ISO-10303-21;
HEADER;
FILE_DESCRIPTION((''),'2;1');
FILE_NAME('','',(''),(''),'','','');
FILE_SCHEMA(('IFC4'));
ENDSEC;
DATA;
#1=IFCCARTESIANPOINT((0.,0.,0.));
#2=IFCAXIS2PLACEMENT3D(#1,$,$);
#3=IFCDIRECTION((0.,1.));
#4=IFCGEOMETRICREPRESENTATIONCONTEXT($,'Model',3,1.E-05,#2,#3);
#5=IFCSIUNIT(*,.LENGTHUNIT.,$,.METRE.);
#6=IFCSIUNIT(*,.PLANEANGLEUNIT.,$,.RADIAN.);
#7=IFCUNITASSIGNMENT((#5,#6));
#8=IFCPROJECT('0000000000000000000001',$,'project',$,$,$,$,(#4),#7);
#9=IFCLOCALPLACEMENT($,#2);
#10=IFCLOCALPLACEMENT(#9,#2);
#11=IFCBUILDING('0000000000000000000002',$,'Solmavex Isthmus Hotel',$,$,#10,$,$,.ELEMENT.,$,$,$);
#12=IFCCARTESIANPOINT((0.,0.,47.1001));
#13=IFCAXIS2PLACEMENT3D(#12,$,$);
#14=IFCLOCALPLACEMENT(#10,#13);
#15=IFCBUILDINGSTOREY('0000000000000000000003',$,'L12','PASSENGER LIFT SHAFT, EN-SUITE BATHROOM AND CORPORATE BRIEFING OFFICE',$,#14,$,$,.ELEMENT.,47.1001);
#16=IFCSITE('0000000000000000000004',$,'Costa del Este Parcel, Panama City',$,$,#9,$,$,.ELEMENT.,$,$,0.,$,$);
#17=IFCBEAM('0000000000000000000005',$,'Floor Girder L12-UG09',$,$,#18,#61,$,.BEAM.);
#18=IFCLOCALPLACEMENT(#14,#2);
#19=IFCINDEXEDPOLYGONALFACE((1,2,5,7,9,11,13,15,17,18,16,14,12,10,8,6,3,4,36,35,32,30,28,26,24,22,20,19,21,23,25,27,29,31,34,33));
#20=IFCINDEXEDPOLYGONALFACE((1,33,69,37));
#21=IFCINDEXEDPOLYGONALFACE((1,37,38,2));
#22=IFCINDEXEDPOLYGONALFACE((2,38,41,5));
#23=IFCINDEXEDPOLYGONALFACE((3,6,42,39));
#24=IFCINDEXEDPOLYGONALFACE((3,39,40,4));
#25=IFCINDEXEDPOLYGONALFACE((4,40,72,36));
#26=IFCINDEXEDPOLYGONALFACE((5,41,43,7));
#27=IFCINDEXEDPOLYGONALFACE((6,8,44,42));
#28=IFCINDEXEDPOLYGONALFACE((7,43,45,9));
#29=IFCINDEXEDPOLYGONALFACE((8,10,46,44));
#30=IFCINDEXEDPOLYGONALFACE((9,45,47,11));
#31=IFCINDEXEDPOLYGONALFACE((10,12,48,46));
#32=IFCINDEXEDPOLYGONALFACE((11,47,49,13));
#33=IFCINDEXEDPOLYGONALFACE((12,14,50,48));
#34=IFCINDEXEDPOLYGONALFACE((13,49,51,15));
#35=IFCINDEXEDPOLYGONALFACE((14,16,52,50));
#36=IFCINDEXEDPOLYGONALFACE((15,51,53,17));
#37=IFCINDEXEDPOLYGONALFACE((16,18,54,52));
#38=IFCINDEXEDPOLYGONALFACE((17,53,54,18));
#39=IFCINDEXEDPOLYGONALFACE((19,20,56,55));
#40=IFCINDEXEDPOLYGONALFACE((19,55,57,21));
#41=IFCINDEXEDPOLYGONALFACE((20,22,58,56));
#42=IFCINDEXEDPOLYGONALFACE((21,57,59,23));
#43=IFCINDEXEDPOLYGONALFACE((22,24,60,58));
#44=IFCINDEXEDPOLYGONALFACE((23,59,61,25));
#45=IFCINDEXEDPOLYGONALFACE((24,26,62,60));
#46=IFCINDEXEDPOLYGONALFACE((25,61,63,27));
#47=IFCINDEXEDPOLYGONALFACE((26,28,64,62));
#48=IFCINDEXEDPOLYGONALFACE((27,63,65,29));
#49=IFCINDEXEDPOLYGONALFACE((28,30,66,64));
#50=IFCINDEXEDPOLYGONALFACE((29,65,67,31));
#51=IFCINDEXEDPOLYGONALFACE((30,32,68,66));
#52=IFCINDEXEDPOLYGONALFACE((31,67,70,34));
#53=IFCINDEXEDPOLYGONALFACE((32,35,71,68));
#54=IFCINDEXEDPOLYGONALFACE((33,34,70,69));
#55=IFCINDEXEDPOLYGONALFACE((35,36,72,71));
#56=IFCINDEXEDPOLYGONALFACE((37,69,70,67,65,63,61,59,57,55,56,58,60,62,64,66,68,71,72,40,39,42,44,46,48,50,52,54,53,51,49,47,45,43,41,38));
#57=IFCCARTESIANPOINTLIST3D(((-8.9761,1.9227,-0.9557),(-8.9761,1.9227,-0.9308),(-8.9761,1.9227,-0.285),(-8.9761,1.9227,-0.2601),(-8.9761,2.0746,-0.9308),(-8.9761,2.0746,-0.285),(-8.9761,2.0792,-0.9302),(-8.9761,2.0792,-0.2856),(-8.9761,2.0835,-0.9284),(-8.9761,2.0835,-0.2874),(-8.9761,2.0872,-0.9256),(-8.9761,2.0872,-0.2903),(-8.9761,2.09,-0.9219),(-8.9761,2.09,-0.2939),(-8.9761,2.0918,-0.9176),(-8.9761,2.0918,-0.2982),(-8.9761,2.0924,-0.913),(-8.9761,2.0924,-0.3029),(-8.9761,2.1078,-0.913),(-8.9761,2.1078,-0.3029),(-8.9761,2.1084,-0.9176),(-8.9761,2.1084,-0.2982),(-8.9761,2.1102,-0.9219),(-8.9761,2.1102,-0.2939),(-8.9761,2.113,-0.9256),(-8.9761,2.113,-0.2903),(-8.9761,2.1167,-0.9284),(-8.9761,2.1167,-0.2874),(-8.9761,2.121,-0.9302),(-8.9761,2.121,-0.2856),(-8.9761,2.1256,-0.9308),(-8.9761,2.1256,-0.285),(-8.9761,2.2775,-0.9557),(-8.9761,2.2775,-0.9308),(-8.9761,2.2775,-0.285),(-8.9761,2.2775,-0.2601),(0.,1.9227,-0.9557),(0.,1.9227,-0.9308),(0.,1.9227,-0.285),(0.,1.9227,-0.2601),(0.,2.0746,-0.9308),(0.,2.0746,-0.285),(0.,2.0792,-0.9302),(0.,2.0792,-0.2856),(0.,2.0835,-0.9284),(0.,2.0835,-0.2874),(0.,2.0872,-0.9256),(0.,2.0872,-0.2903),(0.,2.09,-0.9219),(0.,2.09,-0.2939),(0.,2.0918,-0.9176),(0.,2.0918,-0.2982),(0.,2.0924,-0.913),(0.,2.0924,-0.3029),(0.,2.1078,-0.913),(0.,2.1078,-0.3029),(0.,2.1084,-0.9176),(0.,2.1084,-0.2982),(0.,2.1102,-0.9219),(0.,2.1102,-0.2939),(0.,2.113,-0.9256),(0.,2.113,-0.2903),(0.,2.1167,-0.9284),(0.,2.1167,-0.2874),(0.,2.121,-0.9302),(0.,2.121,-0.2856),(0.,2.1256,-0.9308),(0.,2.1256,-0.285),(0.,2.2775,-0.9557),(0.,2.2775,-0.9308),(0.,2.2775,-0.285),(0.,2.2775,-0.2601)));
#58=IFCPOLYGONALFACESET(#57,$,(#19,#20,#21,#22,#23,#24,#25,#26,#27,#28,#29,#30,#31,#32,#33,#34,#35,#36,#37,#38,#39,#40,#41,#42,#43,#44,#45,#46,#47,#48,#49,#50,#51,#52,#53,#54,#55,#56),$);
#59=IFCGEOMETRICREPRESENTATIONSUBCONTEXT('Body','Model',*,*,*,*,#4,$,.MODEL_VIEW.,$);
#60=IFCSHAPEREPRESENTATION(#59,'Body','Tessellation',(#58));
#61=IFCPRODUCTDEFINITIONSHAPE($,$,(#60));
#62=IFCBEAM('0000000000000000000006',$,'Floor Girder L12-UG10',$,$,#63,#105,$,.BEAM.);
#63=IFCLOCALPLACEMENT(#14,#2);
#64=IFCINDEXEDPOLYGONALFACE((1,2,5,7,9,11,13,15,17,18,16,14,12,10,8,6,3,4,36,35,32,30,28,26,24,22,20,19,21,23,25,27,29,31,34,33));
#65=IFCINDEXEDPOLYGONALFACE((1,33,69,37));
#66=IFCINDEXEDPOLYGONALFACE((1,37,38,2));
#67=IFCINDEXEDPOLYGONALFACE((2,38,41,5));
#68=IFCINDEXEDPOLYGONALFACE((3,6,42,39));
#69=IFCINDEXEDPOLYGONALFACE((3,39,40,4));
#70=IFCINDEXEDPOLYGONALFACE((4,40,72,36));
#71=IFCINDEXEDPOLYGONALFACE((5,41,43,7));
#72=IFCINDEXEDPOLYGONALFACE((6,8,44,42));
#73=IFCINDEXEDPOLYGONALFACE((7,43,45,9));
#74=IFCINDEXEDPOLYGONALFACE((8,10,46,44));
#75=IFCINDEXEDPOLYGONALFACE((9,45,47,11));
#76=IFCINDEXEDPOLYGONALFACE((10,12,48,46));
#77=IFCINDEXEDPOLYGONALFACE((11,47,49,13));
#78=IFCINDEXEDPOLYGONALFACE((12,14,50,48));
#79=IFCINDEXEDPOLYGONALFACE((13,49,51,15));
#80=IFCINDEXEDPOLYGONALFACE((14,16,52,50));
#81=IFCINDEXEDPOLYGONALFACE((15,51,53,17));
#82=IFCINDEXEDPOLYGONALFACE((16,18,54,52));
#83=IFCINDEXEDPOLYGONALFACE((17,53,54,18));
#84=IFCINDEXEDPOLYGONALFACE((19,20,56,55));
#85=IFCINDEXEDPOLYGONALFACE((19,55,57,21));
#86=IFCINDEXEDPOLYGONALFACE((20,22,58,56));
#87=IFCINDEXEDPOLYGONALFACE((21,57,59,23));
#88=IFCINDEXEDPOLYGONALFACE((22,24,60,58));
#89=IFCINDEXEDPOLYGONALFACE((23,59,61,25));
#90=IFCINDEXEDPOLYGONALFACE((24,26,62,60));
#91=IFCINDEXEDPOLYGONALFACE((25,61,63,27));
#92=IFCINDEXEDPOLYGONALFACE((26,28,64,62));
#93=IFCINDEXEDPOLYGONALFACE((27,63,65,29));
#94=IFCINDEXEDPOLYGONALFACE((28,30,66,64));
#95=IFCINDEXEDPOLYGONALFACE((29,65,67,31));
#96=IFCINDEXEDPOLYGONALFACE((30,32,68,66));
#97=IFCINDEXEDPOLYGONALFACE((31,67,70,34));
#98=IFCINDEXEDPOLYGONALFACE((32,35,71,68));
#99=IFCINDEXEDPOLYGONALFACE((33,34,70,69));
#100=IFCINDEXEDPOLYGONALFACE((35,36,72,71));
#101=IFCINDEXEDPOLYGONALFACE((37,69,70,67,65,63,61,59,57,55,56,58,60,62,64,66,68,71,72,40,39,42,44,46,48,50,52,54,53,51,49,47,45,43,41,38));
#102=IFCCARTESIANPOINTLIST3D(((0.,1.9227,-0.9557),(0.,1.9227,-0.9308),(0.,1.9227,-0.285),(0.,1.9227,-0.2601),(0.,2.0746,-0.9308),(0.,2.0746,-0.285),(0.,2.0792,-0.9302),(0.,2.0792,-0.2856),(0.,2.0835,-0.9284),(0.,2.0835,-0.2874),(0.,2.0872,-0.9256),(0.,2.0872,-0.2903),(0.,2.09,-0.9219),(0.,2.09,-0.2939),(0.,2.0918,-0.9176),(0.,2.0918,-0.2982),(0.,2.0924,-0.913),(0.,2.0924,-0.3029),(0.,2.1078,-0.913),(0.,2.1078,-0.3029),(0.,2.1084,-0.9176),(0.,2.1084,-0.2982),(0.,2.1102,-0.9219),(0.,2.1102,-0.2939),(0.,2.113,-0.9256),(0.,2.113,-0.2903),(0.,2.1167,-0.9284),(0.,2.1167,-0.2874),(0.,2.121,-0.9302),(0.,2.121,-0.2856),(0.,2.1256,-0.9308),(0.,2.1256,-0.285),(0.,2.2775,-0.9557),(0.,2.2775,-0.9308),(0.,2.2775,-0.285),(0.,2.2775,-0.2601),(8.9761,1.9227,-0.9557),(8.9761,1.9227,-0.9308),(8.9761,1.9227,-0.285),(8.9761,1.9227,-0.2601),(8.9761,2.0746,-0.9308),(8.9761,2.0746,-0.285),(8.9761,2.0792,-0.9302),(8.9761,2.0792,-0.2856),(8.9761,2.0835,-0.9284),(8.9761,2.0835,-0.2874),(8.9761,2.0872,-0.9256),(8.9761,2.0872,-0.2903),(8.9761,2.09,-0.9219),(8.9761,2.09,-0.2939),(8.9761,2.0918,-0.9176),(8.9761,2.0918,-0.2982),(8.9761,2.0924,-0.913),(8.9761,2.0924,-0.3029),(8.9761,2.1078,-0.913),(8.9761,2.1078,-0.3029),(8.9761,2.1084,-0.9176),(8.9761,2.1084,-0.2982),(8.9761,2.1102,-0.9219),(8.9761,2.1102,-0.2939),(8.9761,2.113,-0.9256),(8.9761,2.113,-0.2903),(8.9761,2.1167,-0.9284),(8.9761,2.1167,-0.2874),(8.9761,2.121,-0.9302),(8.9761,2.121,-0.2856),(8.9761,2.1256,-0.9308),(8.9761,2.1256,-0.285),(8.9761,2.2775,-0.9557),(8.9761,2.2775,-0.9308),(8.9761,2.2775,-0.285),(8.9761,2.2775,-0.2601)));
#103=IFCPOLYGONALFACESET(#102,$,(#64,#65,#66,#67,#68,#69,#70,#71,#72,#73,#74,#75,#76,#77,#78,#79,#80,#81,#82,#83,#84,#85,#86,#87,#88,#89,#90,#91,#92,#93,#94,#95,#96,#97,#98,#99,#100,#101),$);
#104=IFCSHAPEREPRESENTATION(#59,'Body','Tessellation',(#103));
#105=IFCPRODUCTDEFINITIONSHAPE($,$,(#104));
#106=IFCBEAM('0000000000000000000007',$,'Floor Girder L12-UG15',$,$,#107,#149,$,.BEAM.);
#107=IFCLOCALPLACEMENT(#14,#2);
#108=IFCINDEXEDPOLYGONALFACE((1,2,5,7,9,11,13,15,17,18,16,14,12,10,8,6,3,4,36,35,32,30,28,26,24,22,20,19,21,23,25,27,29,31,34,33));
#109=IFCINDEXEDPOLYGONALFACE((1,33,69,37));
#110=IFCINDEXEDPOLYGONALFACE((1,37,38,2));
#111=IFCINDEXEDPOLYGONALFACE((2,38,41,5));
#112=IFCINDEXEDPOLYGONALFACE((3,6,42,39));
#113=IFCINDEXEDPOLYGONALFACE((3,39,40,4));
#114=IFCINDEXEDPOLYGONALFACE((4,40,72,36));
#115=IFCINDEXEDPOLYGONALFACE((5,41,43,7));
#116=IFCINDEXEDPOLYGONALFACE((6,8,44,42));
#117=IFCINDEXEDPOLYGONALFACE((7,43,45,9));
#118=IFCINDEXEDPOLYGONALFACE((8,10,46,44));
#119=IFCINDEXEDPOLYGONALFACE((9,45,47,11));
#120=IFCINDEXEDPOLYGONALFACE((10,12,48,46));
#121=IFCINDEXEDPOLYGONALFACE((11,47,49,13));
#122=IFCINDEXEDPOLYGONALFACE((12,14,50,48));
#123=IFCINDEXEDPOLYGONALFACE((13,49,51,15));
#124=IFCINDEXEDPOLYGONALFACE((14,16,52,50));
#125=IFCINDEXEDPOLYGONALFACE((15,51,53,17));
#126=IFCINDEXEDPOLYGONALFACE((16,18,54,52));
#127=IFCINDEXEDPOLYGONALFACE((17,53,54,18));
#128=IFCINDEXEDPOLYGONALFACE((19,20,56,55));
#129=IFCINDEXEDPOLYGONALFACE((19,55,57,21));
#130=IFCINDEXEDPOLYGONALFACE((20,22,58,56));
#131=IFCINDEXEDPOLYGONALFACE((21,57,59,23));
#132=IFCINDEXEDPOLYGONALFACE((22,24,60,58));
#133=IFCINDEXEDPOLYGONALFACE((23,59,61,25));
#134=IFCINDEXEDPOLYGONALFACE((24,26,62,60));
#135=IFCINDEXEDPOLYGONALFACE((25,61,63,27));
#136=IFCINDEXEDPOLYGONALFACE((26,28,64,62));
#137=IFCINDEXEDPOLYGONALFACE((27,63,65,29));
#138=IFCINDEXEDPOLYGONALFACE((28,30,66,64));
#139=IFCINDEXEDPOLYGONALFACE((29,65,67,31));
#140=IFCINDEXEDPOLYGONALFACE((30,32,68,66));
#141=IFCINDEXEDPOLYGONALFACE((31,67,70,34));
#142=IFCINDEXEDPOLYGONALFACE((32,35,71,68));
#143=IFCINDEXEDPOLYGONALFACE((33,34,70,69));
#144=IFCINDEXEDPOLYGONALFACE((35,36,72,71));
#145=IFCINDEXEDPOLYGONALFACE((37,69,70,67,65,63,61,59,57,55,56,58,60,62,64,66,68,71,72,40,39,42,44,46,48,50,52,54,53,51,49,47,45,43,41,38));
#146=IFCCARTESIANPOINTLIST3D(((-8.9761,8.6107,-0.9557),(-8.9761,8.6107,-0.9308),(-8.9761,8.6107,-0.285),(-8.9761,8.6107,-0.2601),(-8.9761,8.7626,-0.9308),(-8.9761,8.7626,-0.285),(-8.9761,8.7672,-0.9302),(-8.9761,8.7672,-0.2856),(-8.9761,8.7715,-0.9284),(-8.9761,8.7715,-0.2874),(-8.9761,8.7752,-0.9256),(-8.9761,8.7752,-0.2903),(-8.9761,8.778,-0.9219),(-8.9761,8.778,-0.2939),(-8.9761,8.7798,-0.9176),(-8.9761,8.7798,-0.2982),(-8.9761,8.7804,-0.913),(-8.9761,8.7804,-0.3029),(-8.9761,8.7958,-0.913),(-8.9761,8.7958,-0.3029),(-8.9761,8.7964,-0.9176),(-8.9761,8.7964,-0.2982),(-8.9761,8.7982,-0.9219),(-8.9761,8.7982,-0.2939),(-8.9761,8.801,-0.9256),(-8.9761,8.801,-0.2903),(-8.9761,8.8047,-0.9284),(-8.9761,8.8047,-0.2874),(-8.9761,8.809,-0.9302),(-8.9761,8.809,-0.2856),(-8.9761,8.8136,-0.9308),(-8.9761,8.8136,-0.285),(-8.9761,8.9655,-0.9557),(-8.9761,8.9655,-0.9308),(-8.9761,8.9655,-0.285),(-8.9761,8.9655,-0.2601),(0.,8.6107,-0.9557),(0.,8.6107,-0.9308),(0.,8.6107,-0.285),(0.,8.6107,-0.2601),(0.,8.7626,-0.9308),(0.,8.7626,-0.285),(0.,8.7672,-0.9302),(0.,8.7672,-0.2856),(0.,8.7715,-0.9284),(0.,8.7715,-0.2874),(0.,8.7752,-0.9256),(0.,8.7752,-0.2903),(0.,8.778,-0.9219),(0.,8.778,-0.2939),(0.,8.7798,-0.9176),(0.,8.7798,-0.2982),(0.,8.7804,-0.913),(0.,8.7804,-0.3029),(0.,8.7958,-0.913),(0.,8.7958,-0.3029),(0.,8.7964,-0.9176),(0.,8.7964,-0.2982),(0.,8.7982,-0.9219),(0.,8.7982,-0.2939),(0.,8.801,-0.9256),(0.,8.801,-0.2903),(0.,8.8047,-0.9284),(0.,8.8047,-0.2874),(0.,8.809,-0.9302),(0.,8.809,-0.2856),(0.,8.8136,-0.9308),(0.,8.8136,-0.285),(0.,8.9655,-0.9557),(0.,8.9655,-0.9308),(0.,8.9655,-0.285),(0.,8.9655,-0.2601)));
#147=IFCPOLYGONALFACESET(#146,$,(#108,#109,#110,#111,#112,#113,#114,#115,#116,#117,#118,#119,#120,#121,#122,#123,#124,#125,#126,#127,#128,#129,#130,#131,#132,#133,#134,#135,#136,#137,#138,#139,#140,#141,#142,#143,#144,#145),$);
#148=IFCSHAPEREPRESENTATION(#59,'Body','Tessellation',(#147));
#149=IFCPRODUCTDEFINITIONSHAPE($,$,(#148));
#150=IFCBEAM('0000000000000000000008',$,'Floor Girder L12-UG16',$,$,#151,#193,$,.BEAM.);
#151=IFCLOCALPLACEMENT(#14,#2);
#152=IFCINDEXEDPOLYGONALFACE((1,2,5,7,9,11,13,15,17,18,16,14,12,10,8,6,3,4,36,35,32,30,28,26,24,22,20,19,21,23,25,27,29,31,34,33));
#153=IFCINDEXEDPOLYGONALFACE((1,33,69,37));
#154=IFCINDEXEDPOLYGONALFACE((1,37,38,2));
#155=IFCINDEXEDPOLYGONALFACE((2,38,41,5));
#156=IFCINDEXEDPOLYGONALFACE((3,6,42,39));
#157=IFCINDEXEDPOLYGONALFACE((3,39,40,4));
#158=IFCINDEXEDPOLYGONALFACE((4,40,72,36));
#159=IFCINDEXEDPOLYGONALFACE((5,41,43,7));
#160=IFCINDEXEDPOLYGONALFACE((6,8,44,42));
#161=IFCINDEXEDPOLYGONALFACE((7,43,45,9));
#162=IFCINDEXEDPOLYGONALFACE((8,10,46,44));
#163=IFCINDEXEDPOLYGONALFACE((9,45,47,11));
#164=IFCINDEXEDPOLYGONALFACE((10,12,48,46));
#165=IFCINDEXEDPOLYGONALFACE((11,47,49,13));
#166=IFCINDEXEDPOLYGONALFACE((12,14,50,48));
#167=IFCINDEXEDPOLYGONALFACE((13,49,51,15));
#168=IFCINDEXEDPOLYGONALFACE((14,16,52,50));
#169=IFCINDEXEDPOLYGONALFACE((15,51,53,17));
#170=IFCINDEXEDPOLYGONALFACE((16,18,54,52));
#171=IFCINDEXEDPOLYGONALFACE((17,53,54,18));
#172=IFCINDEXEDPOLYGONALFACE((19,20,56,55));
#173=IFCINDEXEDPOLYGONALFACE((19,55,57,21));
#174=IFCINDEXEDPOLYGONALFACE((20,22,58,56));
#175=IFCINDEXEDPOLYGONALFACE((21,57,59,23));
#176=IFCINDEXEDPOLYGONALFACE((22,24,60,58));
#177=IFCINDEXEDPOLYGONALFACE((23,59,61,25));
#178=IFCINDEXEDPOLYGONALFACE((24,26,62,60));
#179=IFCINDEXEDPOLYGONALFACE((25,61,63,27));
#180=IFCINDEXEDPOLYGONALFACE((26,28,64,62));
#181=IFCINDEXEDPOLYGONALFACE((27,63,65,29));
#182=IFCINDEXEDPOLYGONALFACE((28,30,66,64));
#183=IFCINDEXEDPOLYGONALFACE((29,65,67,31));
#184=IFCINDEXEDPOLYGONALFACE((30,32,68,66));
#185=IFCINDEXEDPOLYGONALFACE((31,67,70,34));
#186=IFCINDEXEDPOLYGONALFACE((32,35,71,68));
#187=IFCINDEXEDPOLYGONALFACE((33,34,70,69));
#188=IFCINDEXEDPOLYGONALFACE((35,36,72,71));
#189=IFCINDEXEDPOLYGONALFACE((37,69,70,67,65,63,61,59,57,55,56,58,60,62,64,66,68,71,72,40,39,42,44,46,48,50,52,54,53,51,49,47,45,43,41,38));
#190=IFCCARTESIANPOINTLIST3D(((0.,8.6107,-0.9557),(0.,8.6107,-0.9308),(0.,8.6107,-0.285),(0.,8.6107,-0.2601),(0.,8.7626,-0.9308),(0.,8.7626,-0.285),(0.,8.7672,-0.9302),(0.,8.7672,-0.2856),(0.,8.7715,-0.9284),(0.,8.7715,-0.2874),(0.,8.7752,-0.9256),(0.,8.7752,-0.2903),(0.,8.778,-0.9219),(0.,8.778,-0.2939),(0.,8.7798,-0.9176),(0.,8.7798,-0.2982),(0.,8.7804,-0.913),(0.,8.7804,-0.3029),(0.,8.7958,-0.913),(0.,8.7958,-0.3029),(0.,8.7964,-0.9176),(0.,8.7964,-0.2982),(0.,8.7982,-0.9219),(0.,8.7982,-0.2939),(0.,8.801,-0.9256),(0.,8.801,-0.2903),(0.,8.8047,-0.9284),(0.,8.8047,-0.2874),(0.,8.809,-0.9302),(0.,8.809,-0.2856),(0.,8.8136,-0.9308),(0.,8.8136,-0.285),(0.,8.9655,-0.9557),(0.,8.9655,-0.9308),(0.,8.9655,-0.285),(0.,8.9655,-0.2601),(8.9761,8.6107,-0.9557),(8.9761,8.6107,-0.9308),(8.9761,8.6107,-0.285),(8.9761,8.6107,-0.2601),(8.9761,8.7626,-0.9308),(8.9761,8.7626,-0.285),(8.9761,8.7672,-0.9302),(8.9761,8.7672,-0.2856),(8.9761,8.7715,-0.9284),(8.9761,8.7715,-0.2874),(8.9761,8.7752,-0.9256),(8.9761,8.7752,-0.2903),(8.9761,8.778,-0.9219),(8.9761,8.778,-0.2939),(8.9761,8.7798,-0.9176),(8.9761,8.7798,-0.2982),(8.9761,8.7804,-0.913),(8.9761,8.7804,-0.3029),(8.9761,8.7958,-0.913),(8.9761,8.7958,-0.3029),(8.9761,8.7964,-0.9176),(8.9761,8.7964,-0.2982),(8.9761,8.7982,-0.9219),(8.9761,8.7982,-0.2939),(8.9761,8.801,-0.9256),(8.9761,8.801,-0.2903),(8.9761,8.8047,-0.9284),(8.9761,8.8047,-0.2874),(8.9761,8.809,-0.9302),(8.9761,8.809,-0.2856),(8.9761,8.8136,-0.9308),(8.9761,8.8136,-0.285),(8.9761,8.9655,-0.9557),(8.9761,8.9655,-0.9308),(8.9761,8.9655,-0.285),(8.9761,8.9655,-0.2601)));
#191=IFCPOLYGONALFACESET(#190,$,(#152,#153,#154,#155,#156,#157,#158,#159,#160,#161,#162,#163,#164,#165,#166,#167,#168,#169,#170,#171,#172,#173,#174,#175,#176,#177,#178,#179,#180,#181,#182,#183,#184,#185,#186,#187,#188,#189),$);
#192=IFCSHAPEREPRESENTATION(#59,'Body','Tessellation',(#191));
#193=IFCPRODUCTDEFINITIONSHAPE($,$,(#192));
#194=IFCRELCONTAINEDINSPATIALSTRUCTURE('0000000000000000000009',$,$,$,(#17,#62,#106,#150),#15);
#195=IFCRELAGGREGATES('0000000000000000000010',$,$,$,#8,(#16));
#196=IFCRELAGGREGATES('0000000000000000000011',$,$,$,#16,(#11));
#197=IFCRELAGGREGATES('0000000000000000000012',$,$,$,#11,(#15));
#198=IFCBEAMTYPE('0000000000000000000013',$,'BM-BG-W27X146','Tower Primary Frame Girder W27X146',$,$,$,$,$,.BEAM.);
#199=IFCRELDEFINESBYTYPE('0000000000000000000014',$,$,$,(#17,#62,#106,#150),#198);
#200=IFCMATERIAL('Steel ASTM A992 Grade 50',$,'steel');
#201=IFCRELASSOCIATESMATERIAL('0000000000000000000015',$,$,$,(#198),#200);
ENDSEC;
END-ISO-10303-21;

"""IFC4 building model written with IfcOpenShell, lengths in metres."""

from ifc_helpers import new_model, si_unit, direction, frame, origin, origin_2d, place, context, subcontext, project, spatial, i_section, extrude, material, material_profile, profile_set, type_object, element, save


model = new_model("IFC4")

# Units and contexts
model_context = context("Model", 3, precision=1e-05, world=origin(), true_north=direction((0.0, 1.0)))
body_context = subcontext(model_context, "Body", "Model", "MODEL_VIEW")
ifc_project = project(units=[si_unit("LENGTHUNIT", "METRE"), si_unit("PLANEANGLEUNIT", "RADIAN")], contexts=[model_context])

# Site, building, storey
site_placement = place(None, origin())
site = spatial("IfcSite", under=ifc_project, at=site_placement, Name="Costa del Este Parcel, Panama City", CompositionType="ELEMENT", RefElevation=0.0)
building_placement = place(site_placement, origin())
building = spatial("IfcBuilding", under=site, at=building_placement, Name="Solmavex Isthmus Hotel", CompositionType="ELEMENT")
storey_placement = place(building_placement, frame((0.0, 0.0, 47.1001)))
storey = spatial("IfcBuildingStorey", under=building, at=storey_placement, Name="L12", Description="PASSENGER LIFT SHAFT, EN-SUITE BATHROOM AND CORPORATE BRIEFING OFFICE", CompositionType="ELEMENT", Elevation=47.1001)

# Beams
ifc_material_1 = material(Name="Steel ASTM A992 Grade 50", Category="steel")
ifc_material_profile_1 = material_profile(ifc_material_1, i_section(OverallWidth=0.3547, OverallDepth=0.6956, WebThickness=0.0154, FlangeThickness=0.0249, FilletRadius=0.0178, at=origin_2d()), Name="W27X146")
ifc_profile_set_1 = profile_set([ifc_material_profile_1], Name="Steel ASTM A992 Grade 50")
beam_type_1 = type_object("IfcBeamType", Name="BM-BG-W27X146", Description="Tower Primary Frame Girder W27X146", PredefinedType="BEAM", material=ifc_profile_set_1)
for number, where, z_axis, x_axis, name in (
    (1, (-8.9761, 2.1001, -0.6079), (1.0, 0.0, 0.0), (0.0, 1.0, 0.0), "Floor Girder L12-UG09"),
    (2, (0.0, 2.1001, -0.6079), (1.0, 0.0, 0.0), (0.0, 1.0, 0.0), "Floor Girder L12-UG10"),
    (3, (-8.9761, 8.7881, -0.6079), (1.0, 0.0, 0.0), (0.0, 1.0, 0.0), "Floor Girder L12-UG15"),
    (4, (0.0, 8.7881, -0.6079), (1.0, 0.0, 0.0), (0.0, 1.0, 0.0), "Floor Girder L12-UG16"),
):
    element("IfcBeam", number, at=place(storey_placement, frame(where, z_axis=z_axis, x_axis=x_axis)), inside=storey, type_object=beam_type_1, Name=name, PredefinedType="BEAM", context=body_context, shape_type="SweptSolid", body=[
        extrude(i_section(OverallWidth=0.3547, OverallDepth=0.6956, WebThickness=0.0154, FlangeThickness=0.0249, FilletRadius=0.0178, at=origin_2d()), origin(), (0.0, 0.0, 1.0), 8.9761),
    ])

save(model, "model.ifc")
